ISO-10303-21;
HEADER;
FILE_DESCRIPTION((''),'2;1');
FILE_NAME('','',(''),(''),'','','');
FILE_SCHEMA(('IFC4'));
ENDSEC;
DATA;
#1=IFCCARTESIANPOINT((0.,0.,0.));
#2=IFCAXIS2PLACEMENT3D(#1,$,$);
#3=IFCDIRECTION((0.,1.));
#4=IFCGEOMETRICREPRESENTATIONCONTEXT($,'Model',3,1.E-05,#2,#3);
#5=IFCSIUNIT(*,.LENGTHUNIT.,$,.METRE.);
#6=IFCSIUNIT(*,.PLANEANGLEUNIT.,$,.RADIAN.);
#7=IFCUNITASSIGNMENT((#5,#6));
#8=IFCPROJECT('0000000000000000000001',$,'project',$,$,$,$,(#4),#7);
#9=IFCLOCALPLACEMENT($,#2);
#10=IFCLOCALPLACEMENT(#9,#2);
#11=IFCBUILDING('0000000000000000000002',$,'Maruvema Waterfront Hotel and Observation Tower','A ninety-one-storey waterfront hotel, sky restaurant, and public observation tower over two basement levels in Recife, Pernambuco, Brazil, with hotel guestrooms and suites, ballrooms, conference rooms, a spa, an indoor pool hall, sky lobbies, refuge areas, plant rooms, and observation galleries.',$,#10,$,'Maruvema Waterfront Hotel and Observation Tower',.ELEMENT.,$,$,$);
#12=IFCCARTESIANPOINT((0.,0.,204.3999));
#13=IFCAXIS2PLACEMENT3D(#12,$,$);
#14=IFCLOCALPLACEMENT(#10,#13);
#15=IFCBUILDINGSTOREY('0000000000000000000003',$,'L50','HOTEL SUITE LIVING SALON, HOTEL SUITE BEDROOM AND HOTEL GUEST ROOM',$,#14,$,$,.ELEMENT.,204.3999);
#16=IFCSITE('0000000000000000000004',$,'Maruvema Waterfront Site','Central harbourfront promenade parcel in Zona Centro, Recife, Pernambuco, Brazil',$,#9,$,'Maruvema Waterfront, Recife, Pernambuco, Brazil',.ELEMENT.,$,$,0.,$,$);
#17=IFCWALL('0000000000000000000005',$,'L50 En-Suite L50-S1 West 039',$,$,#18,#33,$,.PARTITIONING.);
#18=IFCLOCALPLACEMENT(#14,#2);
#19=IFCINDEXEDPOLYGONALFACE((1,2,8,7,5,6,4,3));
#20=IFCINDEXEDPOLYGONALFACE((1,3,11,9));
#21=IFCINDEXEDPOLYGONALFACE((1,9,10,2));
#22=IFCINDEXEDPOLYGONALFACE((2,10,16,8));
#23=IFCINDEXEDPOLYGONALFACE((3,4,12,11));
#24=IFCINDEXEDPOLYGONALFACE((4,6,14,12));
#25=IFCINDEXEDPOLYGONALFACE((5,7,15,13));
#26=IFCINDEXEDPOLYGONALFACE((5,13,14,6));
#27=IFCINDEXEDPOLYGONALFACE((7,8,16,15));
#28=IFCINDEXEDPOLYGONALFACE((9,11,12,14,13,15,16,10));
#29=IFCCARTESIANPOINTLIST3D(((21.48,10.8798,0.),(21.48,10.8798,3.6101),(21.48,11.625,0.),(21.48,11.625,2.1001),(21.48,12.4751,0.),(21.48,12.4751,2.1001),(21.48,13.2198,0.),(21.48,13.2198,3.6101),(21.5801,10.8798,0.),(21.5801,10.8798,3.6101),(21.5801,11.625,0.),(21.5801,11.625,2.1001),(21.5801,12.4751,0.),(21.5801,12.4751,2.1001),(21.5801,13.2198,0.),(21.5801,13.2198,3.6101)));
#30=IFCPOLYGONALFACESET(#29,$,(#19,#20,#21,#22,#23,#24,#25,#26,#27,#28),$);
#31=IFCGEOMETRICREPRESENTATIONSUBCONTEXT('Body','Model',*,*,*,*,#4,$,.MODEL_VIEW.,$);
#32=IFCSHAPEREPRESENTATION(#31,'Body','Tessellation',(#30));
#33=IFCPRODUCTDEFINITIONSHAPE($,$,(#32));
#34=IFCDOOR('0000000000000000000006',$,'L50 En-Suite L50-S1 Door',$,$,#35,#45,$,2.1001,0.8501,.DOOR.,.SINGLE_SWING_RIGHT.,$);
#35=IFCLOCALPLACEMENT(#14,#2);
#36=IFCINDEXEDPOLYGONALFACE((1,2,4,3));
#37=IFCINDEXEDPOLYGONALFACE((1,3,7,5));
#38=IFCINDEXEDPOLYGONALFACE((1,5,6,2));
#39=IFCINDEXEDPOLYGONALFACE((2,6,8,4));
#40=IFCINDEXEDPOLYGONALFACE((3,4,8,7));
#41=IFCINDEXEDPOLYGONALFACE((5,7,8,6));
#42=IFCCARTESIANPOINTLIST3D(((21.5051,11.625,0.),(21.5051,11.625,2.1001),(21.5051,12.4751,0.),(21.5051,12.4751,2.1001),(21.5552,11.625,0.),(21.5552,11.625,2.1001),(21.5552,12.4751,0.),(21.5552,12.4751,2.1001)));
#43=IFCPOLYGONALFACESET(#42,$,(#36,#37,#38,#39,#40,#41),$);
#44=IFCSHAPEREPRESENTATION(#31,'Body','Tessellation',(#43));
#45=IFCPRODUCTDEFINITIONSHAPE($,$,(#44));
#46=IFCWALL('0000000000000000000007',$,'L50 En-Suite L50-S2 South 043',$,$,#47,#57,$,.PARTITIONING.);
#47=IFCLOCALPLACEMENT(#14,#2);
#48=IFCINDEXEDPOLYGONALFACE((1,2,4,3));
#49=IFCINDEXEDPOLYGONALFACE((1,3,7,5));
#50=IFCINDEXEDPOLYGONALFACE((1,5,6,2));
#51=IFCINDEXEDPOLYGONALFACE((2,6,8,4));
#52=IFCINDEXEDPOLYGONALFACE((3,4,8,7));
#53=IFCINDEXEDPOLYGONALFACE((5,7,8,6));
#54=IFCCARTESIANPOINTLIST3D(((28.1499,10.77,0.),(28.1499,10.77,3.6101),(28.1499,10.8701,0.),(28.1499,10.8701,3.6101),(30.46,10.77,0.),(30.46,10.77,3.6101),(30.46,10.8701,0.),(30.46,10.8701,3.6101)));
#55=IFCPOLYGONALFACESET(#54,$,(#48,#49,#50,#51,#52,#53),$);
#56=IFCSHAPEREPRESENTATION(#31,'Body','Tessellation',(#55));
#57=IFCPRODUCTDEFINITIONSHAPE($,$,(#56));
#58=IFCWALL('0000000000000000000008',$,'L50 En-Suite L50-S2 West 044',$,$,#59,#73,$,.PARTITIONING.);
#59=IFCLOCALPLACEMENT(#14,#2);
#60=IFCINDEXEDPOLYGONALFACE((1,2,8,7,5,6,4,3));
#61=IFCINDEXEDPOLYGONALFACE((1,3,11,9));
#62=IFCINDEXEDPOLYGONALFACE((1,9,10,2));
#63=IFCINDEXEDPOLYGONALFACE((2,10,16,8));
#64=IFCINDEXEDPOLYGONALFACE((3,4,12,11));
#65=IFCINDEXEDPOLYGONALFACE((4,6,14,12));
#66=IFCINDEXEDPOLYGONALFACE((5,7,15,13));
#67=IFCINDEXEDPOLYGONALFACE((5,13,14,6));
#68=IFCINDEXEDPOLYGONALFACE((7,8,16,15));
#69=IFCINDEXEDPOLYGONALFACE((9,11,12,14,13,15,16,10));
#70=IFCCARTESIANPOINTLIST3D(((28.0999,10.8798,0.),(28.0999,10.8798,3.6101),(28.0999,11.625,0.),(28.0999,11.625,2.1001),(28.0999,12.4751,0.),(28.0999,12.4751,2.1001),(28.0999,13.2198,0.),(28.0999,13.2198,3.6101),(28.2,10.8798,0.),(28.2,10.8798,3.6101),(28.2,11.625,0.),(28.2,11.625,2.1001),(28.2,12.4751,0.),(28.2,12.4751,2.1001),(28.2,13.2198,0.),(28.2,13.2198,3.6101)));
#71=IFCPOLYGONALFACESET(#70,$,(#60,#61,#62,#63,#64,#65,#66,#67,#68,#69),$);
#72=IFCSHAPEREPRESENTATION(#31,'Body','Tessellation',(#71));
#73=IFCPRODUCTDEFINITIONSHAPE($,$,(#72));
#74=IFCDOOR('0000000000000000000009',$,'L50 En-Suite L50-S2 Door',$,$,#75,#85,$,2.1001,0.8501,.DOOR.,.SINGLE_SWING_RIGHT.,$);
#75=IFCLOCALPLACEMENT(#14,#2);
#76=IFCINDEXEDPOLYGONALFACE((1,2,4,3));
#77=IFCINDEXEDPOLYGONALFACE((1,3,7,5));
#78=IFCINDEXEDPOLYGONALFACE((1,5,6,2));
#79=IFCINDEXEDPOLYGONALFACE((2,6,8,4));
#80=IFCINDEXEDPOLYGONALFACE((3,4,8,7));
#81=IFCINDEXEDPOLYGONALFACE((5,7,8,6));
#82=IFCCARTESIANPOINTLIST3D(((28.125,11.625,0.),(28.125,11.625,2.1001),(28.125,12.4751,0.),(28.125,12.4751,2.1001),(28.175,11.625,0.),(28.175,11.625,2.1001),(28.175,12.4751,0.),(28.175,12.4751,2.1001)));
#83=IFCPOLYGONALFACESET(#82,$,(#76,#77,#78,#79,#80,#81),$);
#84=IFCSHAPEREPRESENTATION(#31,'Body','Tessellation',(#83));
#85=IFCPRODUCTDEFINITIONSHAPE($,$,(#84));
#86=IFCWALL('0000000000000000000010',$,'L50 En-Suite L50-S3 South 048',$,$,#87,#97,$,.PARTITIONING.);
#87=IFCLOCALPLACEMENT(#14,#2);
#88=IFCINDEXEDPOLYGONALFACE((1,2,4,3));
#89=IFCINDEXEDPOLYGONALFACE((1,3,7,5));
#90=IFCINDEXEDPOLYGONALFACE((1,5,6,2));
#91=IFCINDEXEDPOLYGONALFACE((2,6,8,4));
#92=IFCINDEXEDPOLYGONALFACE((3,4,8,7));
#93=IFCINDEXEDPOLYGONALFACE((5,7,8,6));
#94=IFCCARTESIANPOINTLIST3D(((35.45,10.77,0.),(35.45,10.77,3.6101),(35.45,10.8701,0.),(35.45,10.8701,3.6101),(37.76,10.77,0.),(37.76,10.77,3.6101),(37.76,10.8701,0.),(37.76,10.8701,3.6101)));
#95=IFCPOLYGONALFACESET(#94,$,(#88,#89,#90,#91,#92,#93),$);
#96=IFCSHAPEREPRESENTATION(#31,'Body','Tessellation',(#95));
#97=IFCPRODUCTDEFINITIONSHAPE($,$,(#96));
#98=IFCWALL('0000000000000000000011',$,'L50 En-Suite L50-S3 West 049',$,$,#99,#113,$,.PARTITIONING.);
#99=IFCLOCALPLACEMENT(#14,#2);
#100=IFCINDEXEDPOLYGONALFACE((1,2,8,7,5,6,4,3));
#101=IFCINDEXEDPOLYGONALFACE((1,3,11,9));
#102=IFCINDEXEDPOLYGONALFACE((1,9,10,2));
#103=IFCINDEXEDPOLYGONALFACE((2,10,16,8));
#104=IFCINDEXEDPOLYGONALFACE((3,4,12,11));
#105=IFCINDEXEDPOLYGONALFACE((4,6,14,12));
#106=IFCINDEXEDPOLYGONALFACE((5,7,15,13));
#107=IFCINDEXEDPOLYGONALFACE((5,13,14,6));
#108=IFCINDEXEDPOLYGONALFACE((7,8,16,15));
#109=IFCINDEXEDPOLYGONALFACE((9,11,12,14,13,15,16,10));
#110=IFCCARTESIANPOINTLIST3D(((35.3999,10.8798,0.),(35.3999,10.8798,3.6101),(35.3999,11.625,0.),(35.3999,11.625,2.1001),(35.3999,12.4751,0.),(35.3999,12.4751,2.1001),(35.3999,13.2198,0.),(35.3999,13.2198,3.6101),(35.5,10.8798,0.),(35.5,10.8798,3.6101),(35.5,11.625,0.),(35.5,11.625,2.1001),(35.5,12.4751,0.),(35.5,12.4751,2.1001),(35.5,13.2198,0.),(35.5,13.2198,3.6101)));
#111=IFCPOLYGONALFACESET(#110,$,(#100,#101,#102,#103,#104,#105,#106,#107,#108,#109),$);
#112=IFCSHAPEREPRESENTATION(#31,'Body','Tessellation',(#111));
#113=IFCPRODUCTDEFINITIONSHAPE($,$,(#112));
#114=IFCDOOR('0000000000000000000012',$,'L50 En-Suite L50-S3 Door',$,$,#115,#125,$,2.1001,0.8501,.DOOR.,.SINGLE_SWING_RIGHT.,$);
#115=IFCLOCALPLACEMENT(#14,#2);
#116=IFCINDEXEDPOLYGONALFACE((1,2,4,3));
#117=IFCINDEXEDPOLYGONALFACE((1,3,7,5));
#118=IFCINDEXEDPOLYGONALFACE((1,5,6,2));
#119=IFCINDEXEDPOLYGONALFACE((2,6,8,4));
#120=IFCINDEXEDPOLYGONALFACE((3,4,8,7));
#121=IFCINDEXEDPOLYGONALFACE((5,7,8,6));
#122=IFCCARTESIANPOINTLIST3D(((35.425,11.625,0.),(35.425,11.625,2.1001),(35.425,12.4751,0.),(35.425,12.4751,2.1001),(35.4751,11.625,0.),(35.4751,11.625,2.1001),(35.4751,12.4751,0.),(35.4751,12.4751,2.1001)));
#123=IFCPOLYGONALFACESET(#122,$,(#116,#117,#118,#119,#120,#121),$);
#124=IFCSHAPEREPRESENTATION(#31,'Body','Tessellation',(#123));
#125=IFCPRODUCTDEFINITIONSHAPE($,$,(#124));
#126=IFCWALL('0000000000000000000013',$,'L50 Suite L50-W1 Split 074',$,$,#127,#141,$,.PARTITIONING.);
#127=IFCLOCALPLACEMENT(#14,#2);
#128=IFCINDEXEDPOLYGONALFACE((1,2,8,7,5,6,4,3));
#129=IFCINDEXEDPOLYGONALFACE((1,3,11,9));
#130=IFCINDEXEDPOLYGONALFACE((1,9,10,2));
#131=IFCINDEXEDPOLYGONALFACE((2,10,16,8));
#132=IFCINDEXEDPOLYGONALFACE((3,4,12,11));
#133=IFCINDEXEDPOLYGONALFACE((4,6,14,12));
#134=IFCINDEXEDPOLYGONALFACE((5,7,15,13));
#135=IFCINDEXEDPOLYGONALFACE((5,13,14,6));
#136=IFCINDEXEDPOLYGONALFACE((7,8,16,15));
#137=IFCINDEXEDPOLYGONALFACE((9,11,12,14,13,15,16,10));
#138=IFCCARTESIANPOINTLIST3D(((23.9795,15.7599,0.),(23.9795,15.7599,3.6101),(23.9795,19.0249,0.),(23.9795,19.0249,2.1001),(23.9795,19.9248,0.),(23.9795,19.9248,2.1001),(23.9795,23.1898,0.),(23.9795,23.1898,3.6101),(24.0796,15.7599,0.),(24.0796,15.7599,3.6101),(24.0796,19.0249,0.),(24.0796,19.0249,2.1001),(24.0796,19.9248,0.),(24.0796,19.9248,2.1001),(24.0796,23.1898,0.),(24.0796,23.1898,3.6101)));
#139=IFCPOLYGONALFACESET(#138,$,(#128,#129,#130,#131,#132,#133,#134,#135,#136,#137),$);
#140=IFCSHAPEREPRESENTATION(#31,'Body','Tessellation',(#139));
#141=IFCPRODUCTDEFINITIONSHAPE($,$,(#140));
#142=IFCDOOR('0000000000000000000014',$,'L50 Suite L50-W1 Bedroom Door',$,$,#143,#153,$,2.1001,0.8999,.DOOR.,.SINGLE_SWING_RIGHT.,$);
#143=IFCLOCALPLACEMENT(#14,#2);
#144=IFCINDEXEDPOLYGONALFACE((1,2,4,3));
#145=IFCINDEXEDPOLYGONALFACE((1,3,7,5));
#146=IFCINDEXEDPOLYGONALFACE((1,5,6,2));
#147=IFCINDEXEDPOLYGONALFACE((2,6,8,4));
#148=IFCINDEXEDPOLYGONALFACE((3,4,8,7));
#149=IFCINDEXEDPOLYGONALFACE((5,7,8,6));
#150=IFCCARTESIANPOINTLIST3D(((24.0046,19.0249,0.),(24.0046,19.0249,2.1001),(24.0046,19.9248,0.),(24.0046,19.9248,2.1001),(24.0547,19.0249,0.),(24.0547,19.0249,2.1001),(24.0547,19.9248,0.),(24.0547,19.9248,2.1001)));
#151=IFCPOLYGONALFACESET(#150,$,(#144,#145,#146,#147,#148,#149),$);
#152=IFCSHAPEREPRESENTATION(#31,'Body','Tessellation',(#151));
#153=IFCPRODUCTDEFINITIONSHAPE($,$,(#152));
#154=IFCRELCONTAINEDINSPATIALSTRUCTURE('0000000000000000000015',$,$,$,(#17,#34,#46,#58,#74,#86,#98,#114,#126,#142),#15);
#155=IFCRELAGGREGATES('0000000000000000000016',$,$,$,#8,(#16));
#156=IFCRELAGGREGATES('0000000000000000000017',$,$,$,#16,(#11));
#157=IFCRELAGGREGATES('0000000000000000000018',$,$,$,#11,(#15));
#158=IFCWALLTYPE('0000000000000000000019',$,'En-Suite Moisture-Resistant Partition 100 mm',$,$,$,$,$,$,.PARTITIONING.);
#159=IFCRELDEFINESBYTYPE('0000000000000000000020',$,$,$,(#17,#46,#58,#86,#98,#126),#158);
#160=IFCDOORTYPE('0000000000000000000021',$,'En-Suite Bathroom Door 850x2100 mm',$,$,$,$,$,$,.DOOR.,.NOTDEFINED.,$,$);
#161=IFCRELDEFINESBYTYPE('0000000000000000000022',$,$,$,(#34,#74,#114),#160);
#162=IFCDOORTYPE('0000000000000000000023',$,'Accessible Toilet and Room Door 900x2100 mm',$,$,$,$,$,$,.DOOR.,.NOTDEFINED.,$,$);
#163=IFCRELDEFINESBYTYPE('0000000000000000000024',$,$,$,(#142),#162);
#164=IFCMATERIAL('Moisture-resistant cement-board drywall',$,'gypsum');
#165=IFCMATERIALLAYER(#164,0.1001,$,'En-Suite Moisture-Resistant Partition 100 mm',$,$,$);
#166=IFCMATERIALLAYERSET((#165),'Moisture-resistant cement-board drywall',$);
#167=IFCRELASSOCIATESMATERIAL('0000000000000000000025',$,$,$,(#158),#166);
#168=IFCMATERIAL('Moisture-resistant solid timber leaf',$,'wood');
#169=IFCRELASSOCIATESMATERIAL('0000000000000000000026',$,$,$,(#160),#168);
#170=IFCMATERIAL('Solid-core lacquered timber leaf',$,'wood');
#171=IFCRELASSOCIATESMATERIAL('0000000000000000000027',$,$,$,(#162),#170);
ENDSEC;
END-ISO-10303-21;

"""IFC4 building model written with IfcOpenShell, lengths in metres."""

from ifc_helpers import new_model, si_unit, direction, frame, frame_2d, origin, place, context, subcontext, project, spatial, rectangle, extrude, material, layer, layer_set, type_object, element, fill, save


model = new_model("IFC4")

# Units and contexts
model_context = context("Model", 3, precision=1e-05, world=origin(), true_north=direction((0.0, 1.0)))
body_context = subcontext(model_context, "Body", "Model", "MODEL_VIEW")
ifc_project = project(units=[si_unit("LENGTHUNIT", "METRE"), si_unit("PLANEANGLEUNIT", "RADIAN")], contexts=[model_context])

# Site, building, storey
site_placement = place(None, origin())
site = spatial("IfcSite", under=ifc_project, at=site_placement, Name="Maruvema Waterfront Site", Description="Central harbourfront promenade parcel in Zona Centro, Recife, Pernambuco, Brazil", LongName="Maruvema Waterfront, Recife, Pernambuco, Brazil", CompositionType="ELEMENT", RefElevation=0.0)
building_placement = place(site_placement, origin())
building = spatial("IfcBuilding", under=site, at=building_placement, Name="Maruvema Waterfront Hotel and Observation Tower", Description="A ninety-one-storey waterfront hotel, sky restaurant, and public observation tower over two basement levels in Recife, Pernambuco, Brazil, with hotel guestrooms and suites, ballrooms, conference rooms, a spa, an indoor pool hall, sky lobbies, refuge areas, plant rooms, and observation galleries.", LongName="Maruvema Waterfront Hotel and Observation Tower", CompositionType="ELEMENT")
storey_placement = place(building_placement, frame((0.0, 0.0, 204.3999)))
storey = spatial("IfcBuildingStorey", under=building, at=storey_placement, Name="L50", Description="HOTEL SUITE LIVING SALON, HOTEL SUITE BEDROOM AND HOTEL GUEST ROOM", CompositionType="ELEMENT", Elevation=204.3999)

# Wall, opening, door
ifc_material_1 = material(Name="Moisture-resistant cement-board drywall", Category="gypsum")
ifc_layer_1 = layer(ifc_material_1, 0.1001, Name="En-Suite Moisture-Resistant Partition 100 mm")
ifc_layer_set_1 = layer_set([ifc_layer_1], Name="Moisture-resistant cement-board drywall")
wall_type_1 = type_object("IfcWallType", Name="En-Suite Moisture-Resistant Partition 100 mm", PredefinedType="PARTITIONING", material=ifc_layer_set_1)
wall_1_placement = place(storey_placement, frame((21.53, 10.8799, 0.0), z_axis=(0.0, 0.0, 1.0), x_axis=(0.0, 1.0, 0.0)))
wall_1 = element("IfcWall", 1, at=wall_1_placement, inside=storey, type_object=wall_type_1, Name="L50 En-Suite L50-S1 West 039", PredefinedType="PARTITIONING", context=body_context, shape_type="SweptSolid", body=[
    extrude(rectangle(XDim=2.3401, YDim=0.1001, at=frame_2d((1.1699, 0.0))), origin(), (0.0, 0.0, 1.0), 3.6101),
])
opening_1_placement = place(wall_1_placement, frame((0.7451, 0.0, 0.0)))
opening_1 = element("IfcOpeningElement", 2, at=opening_1_placement, cuts=wall_1, PredefinedType="OPENING", context=body_context, shape_type="SweptSolid", body=[
    extrude(rectangle(XDim=0.8501, YDim=2.1001, at=frame_2d((0.425, 1.05))), frame((0.0, 0.0601, 0.0), z_axis=(0.0, -1.0, 0.0), x_axis=(1.0, 0.0, 0.0)), (0.0, 0.0, 1.0), 0.1201),
])
ifc_material_2 = material(Name="Moisture-resistant solid timber leaf", Category="wood")
door_type_1 = type_object("IfcDoorType", Name="En-Suite Bathroom Door 850x2100 mm", OperationType="NOTDEFINED", PredefinedType="DOOR", material=ifc_material_2)
door_1_placement = place(opening_1_placement, origin())
door_1 = element("IfcDoor", 3, at=door_1_placement, inside=storey, type_object=door_type_1, Name="L50 En-Suite L50-S1 Door", OperationType="SINGLE_SWING_RIGHT", OverallHeight=2.1001, OverallWidth=0.8501, PredefinedType="DOOR", context=body_context, shape_type="SweptSolid", body=[
    extrude(rectangle(XDim=0.8501, YDim=2.1001, at=frame_2d((0.425, 1.05))), frame((0.0, 0.0249, 0.0), z_axis=(0.0, -1.0, 0.0), x_axis=(1.0, 0.0, 0.0)), (0.0, 0.0, 1.0), 0.05),
])
fill(opening_1, door_1)

# Wall
wall_2_placement = place(storey_placement, frame((28.1499, 10.8201, 0.0), z_axis=(0.0, 0.0, 1.0), x_axis=(1.0, 0.0, 0.0)))
element("IfcWall", 4, at=wall_2_placement, inside=storey, type_object=wall_type_1, Name="L50 En-Suite L50-S2 South 043", PredefinedType="PARTITIONING", context=body_context, shape_type="SweptSolid", body=[
    extrude(rectangle(XDim=2.3101, YDim=0.1001, at=frame_2d((1.155, 0.0))), origin(), (0.0, 0.0, 1.0), 3.6101),
])

# Wall, opening, door
wall_3_placement = place(storey_placement, frame((28.1499, 10.8799, 0.0), z_axis=(0.0, 0.0, 1.0), x_axis=(0.0, 1.0, 0.0)))
wall_3 = element("IfcWall", 5, at=wall_3_placement, inside=storey, type_object=wall_type_1, Name="L50 En-Suite L50-S2 West 044", PredefinedType="PARTITIONING", context=body_context, shape_type="SweptSolid", body=[
    extrude(rectangle(XDim=2.3401, YDim=0.1001, at=frame_2d((1.1699, 0.0))), origin(), (0.0, 0.0, 1.0), 3.6101),
])
opening_2_placement = place(wall_3_placement, frame((0.7451, 0.0, 0.0)))
opening_2 = element("IfcOpeningElement", 6, at=opening_2_placement, cuts=wall_3, PredefinedType="OPENING", context=body_context, shape_type="SweptSolid", body=[
    extrude(rectangle(XDim=0.8501, YDim=2.1001, at=frame_2d((0.425, 1.05))), frame((0.0, 0.0601, 0.0), z_axis=(0.0, -1.0, 0.0), x_axis=(1.0, 0.0, 0.0)), (0.0, 0.0, 1.0), 0.1201),
])
door_2_placement = place(opening_2_placement, origin())
door_2 = element("IfcDoor", 7, at=door_2_placement, inside=storey, type_object=door_type_1, Name="L50 En-Suite L50-S2 Door", OperationType="SINGLE_SWING_RIGHT", OverallHeight=2.1001, OverallWidth=0.8501, PredefinedType="DOOR", context=body_context, shape_type="SweptSolid", body=[
    extrude(rectangle(XDim=0.8501, YDim=2.1001, at=frame_2d((0.425, 1.05))), frame((0.0, 0.0249, 0.0), z_axis=(0.0, -1.0, 0.0), x_axis=(1.0, 0.0, 0.0)), (0.0, 0.0, 1.0), 0.05),
])
fill(opening_2, door_2)

# Wall
wall_4_placement = place(storey_placement, frame((35.45, 10.8201, 0.0), z_axis=(0.0, 0.0, 1.0), x_axis=(1.0, 0.0, 0.0)))
element("IfcWall", 8, at=wall_4_placement, inside=storey, type_object=wall_type_1, Name="L50 En-Suite L50-S3 South 048", PredefinedType="PARTITIONING", context=body_context, shape_type="SweptSolid", body=[
    extrude(rectangle(XDim=2.3101, YDim=0.1001, at=frame_2d((1.155, 0.0))), origin(), (0.0, 0.0, 1.0), 3.6101),
])

# Walls, openings, doors
wall_5_placement = place(storey_placement, frame((35.45, 10.8799, 0.0), z_axis=(0.0, 0.0, 1.0), x_axis=(0.0, 1.0, 0.0)))
wall_5 = element("IfcWall", 9, at=wall_5_placement, inside=storey, type_object=wall_type_1, Name="L50 En-Suite L50-S3 West 049", PredefinedType="PARTITIONING", context=body_context, shape_type="SweptSolid", body=[
    extrude(rectangle(XDim=2.3401, YDim=0.1001, at=frame_2d((1.1699, 0.0))), origin(), (0.0, 0.0, 1.0), 3.6101),
])
opening_3_placement = place(wall_5_placement, frame((0.7451, 0.0, 0.0)))
opening_3 = element("IfcOpeningElement", 10, at=opening_3_placement, cuts=wall_5, PredefinedType="OPENING", context=body_context, shape_type="SweptSolid", body=[
    extrude(rectangle(XDim=0.8501, YDim=2.1001, at=frame_2d((0.425, 1.05))), frame((0.0, 0.0601, 0.0), z_axis=(0.0, -1.0, 0.0), x_axis=(1.0, 0.0, 0.0)), (0.0, 0.0, 1.0), 0.1201),
])
door_3_placement = place(opening_3_placement, origin())
door_3 = element("IfcDoor", 11, at=door_3_placement, inside=storey, type_object=door_type_1, Name="L50 En-Suite L50-S3 Door", OperationType="SINGLE_SWING_RIGHT", OverallHeight=2.1001, OverallWidth=0.8501, PredefinedType="DOOR", context=body_context, shape_type="SweptSolid", body=[
    extrude(rectangle(XDim=0.8501, YDim=2.1001, at=frame_2d((0.425, 1.05))), frame((0.0, 0.0249, 0.0), z_axis=(0.0, -1.0, 0.0), x_axis=(1.0, 0.0, 0.0)), (0.0, 0.0, 1.0), 0.05),
])
fill(opening_3, door_3)
wall_6_placement = place(storey_placement, frame((24.0295, 15.76, 0.0), z_axis=(0.0, 0.0, 1.0), x_axis=(0.0, 1.0, 0.0)))
wall_6 = element("IfcWall", 12, at=wall_6_placement, inside=storey, type_object=wall_type_1, Name="L50 Suite L50-W1 Split 074", PredefinedType="PARTITIONING", context=body_context, shape_type="SweptSolid", body=[
    extrude(rectangle(XDim=7.4299, YDim=0.1001, at=frame_2d((3.7148, 0.0))), origin(), (0.0, 0.0, 1.0), 3.6101),
])
opening_4_placement = place(wall_6_placement, frame((3.2649, 0.0, 0.0)))
opening_4 = element("IfcOpeningElement", 13, at=opening_4_placement, cuts=wall_6, PredefinedType="OPENING", context=body_context, shape_type="SweptSolid", body=[
    extrude(rectangle(XDim=0.8999, YDim=2.1001, at=frame_2d((0.45, 1.05))), frame((0.0, 0.0601, 0.0), z_axis=(0.0, -1.0, 0.0), x_axis=(1.0, 0.0, 0.0)), (0.0, 0.0, 1.0), 0.1201),
])
ifc_material_3 = material(Name="Solid-core lacquered timber leaf", Category="wood")
door_type_2 = type_object("IfcDoorType", Name="Accessible Toilet and Room Door 900x2100 mm", OperationType="NOTDEFINED", PredefinedType="DOOR", material=ifc_material_3)
door_4_placement = place(opening_4_placement, origin())
door_4 = element("IfcDoor", 14, at=door_4_placement, inside=storey, type_object=door_type_2, Name="L50 Suite L50-W1 Bedroom Door", OperationType="SINGLE_SWING_RIGHT", OverallHeight=2.1001, OverallWidth=0.8999, PredefinedType="DOOR", context=body_context, shape_type="SweptSolid", body=[
    extrude(rectangle(XDim=0.8999, YDim=2.1001, at=frame_2d((0.45, 1.05))), frame((0.0, 0.0249, 0.0), z_axis=(0.0, -1.0, 0.0), x_axis=(1.0, 0.0, 0.0)), (0.0, 0.0, 1.0), 0.05),
])
fill(opening_4, door_4)

save(model, "model.ifc")
